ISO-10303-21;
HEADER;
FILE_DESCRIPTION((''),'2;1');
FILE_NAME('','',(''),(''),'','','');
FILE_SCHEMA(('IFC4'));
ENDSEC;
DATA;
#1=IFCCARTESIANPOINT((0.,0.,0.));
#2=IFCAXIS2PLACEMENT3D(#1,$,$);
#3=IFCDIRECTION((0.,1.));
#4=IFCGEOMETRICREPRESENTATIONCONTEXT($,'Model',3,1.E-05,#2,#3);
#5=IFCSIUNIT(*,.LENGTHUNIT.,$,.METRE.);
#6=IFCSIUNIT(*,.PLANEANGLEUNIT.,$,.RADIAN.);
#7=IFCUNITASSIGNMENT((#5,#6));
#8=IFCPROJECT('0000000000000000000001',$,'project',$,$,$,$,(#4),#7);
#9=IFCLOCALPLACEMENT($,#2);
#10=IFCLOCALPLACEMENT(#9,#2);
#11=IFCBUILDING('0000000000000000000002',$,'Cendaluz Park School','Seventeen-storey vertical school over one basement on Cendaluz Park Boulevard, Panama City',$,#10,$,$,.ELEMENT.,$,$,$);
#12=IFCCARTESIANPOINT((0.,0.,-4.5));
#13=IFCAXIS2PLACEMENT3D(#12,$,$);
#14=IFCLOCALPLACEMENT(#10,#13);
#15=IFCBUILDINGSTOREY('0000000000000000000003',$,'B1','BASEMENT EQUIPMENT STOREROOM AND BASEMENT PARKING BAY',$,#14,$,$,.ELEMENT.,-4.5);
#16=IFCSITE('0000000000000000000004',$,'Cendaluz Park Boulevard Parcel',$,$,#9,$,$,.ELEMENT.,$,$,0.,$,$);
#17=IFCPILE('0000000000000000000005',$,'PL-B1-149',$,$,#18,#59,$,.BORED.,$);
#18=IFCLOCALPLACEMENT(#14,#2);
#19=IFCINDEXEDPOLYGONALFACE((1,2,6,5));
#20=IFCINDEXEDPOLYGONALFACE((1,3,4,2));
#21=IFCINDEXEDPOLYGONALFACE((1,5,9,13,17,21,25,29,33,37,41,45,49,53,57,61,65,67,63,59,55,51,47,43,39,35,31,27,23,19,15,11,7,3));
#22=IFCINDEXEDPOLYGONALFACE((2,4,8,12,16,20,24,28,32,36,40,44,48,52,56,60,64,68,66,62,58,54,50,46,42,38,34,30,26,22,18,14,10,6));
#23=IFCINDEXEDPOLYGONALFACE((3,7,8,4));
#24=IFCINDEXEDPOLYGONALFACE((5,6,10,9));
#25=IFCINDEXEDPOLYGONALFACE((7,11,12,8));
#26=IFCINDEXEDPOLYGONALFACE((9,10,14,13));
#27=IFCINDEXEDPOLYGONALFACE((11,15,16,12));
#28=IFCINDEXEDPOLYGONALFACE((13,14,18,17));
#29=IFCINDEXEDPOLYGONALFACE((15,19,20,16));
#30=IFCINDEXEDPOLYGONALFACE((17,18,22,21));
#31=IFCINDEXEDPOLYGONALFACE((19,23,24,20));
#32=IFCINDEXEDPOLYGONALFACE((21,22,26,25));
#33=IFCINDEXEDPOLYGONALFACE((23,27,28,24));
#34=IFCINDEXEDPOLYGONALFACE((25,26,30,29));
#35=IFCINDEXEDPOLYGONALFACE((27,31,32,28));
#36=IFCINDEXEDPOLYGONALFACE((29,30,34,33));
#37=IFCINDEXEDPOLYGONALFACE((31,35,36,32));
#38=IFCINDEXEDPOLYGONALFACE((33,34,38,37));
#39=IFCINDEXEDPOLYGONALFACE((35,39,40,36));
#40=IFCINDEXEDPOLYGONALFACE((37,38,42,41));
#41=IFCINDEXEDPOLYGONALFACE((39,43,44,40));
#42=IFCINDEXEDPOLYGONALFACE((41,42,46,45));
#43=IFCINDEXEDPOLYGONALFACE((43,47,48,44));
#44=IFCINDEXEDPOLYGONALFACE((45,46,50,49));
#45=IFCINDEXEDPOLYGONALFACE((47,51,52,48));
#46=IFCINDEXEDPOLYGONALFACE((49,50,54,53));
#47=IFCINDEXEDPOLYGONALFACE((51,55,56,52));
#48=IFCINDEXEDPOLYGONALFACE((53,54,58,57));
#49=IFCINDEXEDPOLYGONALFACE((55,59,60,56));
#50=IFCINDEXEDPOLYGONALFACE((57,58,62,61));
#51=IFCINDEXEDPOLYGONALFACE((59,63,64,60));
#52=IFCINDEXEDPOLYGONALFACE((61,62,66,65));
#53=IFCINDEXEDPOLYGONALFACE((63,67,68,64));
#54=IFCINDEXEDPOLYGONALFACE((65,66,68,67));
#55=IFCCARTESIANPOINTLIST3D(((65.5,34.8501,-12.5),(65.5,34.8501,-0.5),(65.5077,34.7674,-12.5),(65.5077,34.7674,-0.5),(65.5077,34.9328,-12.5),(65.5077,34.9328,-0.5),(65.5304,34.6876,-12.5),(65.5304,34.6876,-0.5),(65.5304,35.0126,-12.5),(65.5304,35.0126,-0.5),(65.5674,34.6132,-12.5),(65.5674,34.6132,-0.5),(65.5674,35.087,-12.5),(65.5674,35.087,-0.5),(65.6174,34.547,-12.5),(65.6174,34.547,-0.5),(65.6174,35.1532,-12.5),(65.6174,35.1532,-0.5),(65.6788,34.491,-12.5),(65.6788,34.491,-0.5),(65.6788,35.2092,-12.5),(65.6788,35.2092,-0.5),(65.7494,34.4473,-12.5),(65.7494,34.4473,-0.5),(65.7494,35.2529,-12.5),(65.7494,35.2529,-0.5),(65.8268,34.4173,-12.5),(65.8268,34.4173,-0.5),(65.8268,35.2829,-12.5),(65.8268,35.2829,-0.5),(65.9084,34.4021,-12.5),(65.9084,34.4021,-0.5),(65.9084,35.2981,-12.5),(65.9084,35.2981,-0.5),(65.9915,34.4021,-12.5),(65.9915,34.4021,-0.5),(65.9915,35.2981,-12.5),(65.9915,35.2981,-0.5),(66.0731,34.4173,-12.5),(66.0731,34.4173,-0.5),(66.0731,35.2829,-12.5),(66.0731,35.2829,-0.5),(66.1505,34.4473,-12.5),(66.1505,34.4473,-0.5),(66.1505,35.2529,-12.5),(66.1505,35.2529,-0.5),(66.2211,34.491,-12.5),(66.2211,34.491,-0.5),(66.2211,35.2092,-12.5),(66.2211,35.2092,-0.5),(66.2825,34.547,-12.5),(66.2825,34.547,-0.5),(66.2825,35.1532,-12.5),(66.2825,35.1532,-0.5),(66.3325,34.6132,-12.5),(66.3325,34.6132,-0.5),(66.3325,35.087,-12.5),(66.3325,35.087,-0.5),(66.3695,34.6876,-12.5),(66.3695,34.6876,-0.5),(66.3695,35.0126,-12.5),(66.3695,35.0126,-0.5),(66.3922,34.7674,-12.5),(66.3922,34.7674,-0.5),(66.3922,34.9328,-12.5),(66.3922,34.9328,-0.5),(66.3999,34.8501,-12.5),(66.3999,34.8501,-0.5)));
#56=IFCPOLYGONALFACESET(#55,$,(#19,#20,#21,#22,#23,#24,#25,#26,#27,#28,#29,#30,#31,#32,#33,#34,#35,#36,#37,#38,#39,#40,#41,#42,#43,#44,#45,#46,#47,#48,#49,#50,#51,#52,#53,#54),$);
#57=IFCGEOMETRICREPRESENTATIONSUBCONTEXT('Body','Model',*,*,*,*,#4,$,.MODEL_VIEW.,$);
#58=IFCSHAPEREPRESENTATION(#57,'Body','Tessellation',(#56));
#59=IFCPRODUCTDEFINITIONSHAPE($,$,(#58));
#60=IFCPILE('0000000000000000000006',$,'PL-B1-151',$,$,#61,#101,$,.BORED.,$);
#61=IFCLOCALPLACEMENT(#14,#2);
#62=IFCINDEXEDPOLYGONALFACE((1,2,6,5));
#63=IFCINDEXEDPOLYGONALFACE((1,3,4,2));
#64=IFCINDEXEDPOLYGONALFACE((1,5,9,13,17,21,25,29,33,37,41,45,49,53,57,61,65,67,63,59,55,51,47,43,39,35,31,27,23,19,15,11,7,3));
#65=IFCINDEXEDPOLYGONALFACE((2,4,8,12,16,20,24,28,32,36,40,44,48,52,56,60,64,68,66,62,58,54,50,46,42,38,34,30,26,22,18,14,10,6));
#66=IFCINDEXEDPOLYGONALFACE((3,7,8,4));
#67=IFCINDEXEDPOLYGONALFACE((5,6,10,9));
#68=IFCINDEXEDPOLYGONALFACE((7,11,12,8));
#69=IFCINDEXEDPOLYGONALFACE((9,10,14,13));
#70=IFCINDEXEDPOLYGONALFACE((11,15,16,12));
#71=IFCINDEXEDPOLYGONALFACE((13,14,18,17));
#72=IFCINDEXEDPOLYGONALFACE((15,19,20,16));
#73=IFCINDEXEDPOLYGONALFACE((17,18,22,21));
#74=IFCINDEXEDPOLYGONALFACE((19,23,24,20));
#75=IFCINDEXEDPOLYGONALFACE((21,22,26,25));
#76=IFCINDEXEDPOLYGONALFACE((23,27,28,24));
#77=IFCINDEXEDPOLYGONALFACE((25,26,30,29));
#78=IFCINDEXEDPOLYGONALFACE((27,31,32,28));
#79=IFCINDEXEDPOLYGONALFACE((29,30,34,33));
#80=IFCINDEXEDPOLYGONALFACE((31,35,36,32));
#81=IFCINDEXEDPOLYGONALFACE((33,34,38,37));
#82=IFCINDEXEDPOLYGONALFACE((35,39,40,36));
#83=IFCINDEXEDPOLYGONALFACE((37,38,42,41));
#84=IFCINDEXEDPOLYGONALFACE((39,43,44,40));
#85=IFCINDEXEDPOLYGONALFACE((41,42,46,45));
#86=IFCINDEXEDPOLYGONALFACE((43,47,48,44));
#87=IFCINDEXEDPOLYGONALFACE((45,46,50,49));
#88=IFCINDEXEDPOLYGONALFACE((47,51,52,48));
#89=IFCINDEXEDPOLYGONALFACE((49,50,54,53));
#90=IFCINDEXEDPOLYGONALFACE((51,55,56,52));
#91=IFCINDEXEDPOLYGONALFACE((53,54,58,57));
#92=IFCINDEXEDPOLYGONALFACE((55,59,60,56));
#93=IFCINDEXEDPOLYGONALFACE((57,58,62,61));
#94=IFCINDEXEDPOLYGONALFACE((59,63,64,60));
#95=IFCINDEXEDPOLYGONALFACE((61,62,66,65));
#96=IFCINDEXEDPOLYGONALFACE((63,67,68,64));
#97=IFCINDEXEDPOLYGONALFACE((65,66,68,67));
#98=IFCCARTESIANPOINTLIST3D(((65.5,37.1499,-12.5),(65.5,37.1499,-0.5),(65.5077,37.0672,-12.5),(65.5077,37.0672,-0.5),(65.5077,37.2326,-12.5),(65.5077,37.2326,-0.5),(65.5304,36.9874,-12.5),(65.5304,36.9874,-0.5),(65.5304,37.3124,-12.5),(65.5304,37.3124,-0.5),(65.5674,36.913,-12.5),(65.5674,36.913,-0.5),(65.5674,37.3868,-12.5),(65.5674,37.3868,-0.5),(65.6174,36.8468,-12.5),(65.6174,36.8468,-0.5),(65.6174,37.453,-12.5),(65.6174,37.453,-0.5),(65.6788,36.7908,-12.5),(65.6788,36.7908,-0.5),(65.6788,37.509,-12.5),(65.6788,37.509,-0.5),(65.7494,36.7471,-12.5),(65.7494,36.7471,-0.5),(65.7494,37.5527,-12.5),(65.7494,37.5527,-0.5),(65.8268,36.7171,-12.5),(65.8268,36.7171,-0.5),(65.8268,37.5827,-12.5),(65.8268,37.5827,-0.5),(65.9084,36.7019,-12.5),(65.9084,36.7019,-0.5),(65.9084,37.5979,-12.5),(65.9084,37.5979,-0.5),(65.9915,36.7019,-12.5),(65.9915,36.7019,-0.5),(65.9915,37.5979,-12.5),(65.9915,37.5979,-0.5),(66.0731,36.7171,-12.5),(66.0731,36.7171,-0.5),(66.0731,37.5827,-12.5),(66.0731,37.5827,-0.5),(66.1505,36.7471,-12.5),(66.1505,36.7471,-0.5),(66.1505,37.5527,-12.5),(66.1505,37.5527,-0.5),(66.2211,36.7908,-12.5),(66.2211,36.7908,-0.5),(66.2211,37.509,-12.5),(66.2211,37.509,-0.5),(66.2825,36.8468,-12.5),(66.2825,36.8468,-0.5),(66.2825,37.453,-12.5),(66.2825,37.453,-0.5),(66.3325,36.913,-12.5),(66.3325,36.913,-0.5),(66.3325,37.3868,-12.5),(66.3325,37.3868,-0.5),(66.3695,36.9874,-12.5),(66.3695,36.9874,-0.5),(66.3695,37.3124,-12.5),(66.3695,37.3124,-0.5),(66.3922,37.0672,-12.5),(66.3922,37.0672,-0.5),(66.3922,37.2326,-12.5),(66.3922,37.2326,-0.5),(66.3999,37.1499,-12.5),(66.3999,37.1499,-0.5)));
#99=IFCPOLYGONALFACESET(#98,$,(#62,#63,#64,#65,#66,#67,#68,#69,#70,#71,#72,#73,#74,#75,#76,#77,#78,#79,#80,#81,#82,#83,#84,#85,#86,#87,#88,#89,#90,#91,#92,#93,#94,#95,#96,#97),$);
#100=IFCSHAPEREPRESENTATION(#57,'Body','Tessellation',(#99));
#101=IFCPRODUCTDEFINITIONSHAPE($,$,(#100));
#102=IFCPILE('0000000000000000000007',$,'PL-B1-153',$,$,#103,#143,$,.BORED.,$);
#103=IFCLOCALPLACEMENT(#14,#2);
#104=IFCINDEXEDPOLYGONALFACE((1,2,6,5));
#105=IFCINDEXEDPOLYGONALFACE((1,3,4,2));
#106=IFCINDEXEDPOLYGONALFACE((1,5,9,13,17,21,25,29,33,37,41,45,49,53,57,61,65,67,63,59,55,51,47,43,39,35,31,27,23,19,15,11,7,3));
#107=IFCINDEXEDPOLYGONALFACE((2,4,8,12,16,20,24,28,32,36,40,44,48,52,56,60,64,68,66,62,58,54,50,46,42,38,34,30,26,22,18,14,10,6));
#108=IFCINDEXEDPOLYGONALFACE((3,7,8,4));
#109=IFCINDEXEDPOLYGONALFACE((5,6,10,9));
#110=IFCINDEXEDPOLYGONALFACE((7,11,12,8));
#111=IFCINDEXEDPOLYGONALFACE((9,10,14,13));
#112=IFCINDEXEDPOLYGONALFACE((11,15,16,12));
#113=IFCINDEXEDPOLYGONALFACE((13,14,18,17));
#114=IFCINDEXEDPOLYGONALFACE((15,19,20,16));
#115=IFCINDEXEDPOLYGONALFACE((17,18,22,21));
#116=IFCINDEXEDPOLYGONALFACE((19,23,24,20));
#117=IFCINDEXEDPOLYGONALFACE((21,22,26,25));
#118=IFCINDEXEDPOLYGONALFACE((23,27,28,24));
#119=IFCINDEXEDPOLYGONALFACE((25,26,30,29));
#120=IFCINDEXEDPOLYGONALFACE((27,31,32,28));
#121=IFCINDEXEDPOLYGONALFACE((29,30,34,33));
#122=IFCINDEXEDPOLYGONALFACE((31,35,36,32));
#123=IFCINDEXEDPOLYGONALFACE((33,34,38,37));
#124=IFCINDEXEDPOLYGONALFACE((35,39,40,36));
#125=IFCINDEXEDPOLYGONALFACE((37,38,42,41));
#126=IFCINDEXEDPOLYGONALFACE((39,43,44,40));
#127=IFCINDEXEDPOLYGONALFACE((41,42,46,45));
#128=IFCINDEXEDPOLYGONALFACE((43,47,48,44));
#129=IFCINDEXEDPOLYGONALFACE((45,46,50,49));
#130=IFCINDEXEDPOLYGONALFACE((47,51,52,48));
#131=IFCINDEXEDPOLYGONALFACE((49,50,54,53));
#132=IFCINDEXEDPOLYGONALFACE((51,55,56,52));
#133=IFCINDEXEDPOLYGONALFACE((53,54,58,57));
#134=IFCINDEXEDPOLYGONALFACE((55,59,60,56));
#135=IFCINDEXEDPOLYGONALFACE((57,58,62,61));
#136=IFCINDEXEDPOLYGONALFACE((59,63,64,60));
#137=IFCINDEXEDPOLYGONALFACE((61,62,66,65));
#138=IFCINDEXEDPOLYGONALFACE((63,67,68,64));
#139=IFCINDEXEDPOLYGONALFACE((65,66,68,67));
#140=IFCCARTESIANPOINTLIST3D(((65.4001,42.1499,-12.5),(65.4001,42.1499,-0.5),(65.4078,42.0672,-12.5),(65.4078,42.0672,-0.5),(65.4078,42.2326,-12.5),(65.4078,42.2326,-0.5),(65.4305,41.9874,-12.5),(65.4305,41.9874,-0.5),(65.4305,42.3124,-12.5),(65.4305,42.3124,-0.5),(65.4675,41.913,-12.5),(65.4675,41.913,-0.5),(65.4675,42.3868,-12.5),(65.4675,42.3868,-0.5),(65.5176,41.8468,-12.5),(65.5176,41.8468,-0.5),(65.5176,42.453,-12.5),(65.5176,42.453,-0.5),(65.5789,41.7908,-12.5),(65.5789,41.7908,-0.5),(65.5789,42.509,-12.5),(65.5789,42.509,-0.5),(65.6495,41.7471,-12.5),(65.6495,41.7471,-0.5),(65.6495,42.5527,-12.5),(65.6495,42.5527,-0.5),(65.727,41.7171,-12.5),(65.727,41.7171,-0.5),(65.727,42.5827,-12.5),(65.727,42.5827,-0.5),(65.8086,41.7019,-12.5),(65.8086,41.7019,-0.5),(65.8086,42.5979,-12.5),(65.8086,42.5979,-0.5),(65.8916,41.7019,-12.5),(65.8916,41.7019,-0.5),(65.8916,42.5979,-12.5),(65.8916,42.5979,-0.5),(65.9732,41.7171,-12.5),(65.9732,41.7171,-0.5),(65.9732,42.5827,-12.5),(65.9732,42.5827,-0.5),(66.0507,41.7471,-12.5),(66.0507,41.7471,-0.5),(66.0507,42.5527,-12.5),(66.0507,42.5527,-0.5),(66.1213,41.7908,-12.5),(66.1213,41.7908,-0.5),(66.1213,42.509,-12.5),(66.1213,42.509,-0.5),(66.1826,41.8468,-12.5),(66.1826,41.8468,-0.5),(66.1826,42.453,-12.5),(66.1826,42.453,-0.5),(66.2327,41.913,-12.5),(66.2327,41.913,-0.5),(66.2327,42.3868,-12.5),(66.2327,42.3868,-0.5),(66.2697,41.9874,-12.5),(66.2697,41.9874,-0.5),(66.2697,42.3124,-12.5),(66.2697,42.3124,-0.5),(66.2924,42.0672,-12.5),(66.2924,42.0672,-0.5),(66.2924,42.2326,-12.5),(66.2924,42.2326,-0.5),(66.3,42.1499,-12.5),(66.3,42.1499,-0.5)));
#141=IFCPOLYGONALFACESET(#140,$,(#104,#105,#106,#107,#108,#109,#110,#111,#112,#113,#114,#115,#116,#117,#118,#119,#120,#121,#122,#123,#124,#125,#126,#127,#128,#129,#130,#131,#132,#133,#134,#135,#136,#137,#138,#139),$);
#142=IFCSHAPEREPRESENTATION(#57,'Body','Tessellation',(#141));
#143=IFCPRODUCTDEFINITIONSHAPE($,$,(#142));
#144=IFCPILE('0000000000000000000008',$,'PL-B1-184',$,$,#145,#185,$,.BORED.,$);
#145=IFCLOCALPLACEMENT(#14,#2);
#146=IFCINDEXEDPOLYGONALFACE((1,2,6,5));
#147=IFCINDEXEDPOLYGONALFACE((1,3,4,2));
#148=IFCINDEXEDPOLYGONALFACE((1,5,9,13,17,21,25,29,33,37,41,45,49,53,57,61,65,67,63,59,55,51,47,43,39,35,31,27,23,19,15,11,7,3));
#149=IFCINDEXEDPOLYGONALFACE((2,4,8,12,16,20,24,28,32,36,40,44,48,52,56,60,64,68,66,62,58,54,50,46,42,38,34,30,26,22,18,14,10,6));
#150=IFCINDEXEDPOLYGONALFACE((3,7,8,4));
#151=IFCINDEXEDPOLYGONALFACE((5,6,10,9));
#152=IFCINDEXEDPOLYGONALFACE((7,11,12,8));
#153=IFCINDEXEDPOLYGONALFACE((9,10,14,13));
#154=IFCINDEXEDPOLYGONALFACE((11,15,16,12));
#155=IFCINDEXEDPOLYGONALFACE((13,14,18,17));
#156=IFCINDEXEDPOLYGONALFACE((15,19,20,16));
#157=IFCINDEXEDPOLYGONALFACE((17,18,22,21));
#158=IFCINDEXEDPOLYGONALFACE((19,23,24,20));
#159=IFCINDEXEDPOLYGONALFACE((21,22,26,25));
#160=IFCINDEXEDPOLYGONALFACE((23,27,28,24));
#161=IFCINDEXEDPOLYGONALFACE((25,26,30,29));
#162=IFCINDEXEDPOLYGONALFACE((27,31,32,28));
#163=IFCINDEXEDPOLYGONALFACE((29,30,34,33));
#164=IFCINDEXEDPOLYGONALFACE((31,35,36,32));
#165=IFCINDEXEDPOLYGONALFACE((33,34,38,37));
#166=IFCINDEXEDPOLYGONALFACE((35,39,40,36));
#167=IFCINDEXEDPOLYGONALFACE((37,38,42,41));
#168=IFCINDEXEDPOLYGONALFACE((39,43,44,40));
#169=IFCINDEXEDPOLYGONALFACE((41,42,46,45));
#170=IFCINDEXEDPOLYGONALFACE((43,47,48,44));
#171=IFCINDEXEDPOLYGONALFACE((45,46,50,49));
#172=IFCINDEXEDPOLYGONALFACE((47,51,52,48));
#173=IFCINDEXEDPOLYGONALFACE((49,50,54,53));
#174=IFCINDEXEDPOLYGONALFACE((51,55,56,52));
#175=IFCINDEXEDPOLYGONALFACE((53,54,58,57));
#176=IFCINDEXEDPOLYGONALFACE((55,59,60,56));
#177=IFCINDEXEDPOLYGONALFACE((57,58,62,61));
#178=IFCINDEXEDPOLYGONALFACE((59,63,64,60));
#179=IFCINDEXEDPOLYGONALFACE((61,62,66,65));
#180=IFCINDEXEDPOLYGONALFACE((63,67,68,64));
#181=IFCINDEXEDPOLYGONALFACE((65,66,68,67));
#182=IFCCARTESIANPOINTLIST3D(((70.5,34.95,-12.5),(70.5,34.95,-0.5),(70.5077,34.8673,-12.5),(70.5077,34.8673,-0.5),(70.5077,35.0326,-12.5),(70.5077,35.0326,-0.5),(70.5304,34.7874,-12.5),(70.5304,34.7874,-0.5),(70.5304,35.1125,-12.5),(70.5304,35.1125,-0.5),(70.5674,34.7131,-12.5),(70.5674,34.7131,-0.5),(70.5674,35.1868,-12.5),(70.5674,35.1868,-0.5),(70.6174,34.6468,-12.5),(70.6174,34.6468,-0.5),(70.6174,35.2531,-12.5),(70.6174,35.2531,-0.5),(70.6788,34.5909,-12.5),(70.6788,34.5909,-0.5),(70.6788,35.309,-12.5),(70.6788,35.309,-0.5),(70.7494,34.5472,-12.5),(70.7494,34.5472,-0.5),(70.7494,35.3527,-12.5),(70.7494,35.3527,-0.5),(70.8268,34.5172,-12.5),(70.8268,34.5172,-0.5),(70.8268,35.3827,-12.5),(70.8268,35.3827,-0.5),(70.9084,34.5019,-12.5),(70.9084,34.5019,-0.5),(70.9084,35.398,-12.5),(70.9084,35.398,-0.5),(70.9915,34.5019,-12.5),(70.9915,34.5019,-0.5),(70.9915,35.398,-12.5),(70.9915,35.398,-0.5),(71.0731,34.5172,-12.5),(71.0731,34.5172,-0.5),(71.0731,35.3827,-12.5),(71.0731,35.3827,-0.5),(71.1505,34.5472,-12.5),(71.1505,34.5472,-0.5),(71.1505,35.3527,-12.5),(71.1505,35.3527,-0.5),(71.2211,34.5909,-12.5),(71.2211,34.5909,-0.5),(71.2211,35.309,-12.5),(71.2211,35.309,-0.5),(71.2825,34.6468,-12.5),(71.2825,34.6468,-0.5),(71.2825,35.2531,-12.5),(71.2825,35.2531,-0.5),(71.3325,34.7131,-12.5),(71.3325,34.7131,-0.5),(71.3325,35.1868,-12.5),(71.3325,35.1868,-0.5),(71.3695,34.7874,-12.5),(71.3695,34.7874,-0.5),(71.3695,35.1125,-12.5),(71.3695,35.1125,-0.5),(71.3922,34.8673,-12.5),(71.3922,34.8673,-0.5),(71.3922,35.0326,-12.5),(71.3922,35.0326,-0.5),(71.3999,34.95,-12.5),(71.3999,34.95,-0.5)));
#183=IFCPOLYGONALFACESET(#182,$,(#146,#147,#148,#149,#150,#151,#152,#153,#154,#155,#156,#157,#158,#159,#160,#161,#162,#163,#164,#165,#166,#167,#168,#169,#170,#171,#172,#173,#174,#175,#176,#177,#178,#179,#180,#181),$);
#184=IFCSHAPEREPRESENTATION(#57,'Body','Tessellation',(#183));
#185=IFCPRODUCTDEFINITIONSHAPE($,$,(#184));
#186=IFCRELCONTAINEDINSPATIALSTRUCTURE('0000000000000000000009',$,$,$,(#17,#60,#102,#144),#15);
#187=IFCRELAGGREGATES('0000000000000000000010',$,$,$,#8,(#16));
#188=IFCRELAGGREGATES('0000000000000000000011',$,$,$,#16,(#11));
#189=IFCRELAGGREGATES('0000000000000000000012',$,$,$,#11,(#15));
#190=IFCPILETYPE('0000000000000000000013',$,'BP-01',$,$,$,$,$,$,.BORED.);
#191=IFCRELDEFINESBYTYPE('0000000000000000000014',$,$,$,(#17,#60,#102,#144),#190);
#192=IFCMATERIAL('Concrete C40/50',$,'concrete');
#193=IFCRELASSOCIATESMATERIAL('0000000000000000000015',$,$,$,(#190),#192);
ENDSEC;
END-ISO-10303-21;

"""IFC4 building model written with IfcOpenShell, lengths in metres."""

from ifc_helpers import new_model, si_unit, direction, frame, origin, origin_2d, place, context, subcontext, project, spatial, circle, extrude, material, material_profile, profile_set, type_object, element, save


model = new_model("IFC4")

# Units and contexts
model_context = context("Model", 3, precision=1e-05, world=origin(), true_north=direction((0.0, 1.0)))
body_context = subcontext(model_context, "Body", "Model", "MODEL_VIEW")
ifc_project = project(units=[si_unit("LENGTHUNIT", "METRE"), si_unit("PLANEANGLEUNIT", "RADIAN")], contexts=[model_context])

# Site, building, storey
site_placement = place(None, origin())
site = spatial("IfcSite", under=ifc_project, at=site_placement, Name="Cendaluz Park Boulevard Parcel", CompositionType="ELEMENT", RefElevation=0.0)
building_placement = place(site_placement, origin())
building = spatial("IfcBuilding", under=site, at=building_placement, Name="Cendaluz Park School", Description="Seventeen-storey vertical school over one basement on Cendaluz Park Boulevard, Panama City", CompositionType="ELEMENT")
storey_placement = place(building_placement, frame((0.0, 0.0, -4.5)))
storey = spatial("IfcBuildingStorey", under=building, at=storey_placement, Name="B1", Description="BASEMENT EQUIPMENT STOREROOM AND BASEMENT PARKING BAY", CompositionType="ELEMENT", Elevation=-4.5)

# Piles
ifc_material_1 = material(Name="Concrete C40/50", Category="concrete")
ifc_material_profile_1 = material_profile(ifc_material_1, circle(Radius=0.45, at=origin_2d()), Name="BP D900", Category="concrete")
ifc_profile_set_1 = profile_set([ifc_material_profile_1], Name="Concrete C40/50")
pile_type = type_object("IfcPileType", Name="BP-01", PredefinedType="BORED", material=ifc_profile_set_1)
for number, where, z_axis, x_axis, name in (
    (1, (65.95, 34.8501, -0.5), (0.0, 0.0, -1.0), (1.0, 0.0, 0.0), "PL-B1-149"),
    (2, (65.95, 37.1499, -0.5), (0.0, 0.0, -1.0), (1.0, 0.0, 0.0), "PL-B1-151"),
    (3, (65.8501, 42.1499, -0.5), (0.0, 0.0, -1.0), (1.0, 0.0, 0.0), "PL-B1-153"),
    (4, (70.95, 34.95, -0.5), (0.0, 0.0, -1.0), (1.0, 0.0, 0.0), "PL-B1-184"),
):
    element("IfcPile", number, at=place(storey_placement, frame(where, z_axis=z_axis, x_axis=x_axis)), inside=storey, type_object=pile_type, Name=name, PredefinedType="BORED", context=body_context, shape_type="SweptSolid", body=[
        extrude(circle(Radius=0.45, at=origin_2d()), origin(), (0.0, 0.0, 1.0), 12.0),
    ])

save(model, "model.ifc")
